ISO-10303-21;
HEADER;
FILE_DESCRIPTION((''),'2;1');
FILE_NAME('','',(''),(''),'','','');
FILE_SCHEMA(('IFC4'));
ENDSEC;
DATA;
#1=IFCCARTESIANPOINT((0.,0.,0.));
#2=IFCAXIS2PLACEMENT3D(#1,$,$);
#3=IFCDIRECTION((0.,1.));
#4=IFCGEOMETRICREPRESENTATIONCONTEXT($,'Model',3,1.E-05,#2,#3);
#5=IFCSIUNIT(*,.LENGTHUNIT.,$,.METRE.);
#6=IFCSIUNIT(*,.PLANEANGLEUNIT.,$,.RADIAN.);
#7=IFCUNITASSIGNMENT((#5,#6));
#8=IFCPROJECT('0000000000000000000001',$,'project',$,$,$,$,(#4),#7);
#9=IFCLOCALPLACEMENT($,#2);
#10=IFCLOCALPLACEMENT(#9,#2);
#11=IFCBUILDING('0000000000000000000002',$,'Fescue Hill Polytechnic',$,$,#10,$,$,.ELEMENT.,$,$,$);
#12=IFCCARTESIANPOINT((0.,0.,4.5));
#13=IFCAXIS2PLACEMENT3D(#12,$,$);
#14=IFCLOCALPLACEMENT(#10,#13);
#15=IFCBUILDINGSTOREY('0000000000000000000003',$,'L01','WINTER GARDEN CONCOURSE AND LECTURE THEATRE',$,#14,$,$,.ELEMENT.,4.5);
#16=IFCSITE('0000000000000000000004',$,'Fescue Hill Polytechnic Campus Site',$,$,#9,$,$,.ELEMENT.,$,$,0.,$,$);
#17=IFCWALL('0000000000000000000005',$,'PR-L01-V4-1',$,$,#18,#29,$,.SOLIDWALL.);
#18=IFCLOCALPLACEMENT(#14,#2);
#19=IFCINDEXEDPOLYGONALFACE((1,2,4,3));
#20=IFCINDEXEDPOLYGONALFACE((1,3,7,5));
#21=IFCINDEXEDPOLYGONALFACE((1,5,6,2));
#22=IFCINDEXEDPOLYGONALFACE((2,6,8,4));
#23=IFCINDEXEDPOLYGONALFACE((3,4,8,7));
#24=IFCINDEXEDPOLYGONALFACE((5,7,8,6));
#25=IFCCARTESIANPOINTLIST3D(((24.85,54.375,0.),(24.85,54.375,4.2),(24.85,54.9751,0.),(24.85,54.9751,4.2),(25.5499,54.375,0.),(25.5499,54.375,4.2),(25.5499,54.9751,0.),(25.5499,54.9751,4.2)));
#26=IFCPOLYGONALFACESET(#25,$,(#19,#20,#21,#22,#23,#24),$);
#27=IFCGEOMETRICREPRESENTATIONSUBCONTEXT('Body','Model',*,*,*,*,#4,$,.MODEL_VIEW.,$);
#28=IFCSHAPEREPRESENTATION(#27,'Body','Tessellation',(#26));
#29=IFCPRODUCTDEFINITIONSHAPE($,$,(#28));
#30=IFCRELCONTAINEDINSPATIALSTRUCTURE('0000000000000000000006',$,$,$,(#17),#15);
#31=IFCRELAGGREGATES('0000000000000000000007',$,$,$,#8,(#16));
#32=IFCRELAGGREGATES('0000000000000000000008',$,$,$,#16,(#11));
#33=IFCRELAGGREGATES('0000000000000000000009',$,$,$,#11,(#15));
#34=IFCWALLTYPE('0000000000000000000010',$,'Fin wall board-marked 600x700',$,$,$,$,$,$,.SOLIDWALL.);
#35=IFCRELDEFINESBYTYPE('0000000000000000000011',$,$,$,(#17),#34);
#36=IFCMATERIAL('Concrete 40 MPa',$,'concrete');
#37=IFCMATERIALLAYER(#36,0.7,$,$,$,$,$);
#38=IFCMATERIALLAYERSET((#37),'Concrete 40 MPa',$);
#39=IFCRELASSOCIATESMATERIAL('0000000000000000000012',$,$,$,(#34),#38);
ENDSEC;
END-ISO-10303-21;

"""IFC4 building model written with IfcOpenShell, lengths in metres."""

from ifc_helpers import new_model, si_unit, direction, frame, frame_2d, origin, place, context, subcontext, project, spatial, rectangle, extrude, material, layer, layer_set, type_object, element, save


model = new_model("IFC4")

# Units and contexts
model_context = context("Model", 3, precision=1e-05, world=origin(), true_north=direction((0.0, 1.0)))
body_context = subcontext(model_context, "Body", "Model", "MODEL_VIEW")
ifc_project = project(units=[si_unit("LENGTHUNIT", "METRE"), si_unit("PLANEANGLEUNIT", "RADIAN")], contexts=[model_context])

# Site, building, storey
site_placement = place(None, origin())
site = spatial("IfcSite", under=ifc_project, at=site_placement, Name="Fescue Hill Polytechnic Campus Site", CompositionType="ELEMENT", RefElevation=0.0)
building_placement = place(site_placement, origin())
building = spatial("IfcBuilding", under=site, at=building_placement, Name="Fescue Hill Polytechnic", CompositionType="ELEMENT")
storey_placement = place(building_placement, frame((0.0, 0.0, 4.5)))
storey = spatial("IfcBuildingStorey", under=building, at=storey_placement, Name="L01", Description="WINTER GARDEN CONCOURSE AND LECTURE THEATRE", CompositionType="ELEMENT", Elevation=4.5)

# Shared definitions
ifc_material_1 = material(Name="Concrete 40 MPa", Category="concrete")

# Wall
ifc_layer_1 = layer(ifc_material_1, 0.7)
ifc_layer_set_1 = layer_set([ifc_layer_1], Name="Concrete 40 MPa")
wall_type_1 = type_object("IfcWallType", Name="Fin wall board-marked 600x700", PredefinedType="SOLIDWALL", material=ifc_layer_set_1)
wall_1_placement = place(storey_placement, frame((25.2, 54.375, 0.0), z_axis=(0.0, 0.0, 1.0), x_axis=(0.0, 1.0, 0.0)))
element("IfcWall", 1, at=wall_1_placement, inside=storey, type_object=wall_type_1, Name="PR-L01-V4-1", PredefinedType="SOLIDWALL", context=body_context, shape_type="SweptSolid", body=[
    extrude(rectangle(XDim=0.6001, YDim=0.7, at=frame_2d((0.3, 0.0))), origin(), (0.0, 0.0, 1.0), 4.2),
])

save(model, "model.ifc")
